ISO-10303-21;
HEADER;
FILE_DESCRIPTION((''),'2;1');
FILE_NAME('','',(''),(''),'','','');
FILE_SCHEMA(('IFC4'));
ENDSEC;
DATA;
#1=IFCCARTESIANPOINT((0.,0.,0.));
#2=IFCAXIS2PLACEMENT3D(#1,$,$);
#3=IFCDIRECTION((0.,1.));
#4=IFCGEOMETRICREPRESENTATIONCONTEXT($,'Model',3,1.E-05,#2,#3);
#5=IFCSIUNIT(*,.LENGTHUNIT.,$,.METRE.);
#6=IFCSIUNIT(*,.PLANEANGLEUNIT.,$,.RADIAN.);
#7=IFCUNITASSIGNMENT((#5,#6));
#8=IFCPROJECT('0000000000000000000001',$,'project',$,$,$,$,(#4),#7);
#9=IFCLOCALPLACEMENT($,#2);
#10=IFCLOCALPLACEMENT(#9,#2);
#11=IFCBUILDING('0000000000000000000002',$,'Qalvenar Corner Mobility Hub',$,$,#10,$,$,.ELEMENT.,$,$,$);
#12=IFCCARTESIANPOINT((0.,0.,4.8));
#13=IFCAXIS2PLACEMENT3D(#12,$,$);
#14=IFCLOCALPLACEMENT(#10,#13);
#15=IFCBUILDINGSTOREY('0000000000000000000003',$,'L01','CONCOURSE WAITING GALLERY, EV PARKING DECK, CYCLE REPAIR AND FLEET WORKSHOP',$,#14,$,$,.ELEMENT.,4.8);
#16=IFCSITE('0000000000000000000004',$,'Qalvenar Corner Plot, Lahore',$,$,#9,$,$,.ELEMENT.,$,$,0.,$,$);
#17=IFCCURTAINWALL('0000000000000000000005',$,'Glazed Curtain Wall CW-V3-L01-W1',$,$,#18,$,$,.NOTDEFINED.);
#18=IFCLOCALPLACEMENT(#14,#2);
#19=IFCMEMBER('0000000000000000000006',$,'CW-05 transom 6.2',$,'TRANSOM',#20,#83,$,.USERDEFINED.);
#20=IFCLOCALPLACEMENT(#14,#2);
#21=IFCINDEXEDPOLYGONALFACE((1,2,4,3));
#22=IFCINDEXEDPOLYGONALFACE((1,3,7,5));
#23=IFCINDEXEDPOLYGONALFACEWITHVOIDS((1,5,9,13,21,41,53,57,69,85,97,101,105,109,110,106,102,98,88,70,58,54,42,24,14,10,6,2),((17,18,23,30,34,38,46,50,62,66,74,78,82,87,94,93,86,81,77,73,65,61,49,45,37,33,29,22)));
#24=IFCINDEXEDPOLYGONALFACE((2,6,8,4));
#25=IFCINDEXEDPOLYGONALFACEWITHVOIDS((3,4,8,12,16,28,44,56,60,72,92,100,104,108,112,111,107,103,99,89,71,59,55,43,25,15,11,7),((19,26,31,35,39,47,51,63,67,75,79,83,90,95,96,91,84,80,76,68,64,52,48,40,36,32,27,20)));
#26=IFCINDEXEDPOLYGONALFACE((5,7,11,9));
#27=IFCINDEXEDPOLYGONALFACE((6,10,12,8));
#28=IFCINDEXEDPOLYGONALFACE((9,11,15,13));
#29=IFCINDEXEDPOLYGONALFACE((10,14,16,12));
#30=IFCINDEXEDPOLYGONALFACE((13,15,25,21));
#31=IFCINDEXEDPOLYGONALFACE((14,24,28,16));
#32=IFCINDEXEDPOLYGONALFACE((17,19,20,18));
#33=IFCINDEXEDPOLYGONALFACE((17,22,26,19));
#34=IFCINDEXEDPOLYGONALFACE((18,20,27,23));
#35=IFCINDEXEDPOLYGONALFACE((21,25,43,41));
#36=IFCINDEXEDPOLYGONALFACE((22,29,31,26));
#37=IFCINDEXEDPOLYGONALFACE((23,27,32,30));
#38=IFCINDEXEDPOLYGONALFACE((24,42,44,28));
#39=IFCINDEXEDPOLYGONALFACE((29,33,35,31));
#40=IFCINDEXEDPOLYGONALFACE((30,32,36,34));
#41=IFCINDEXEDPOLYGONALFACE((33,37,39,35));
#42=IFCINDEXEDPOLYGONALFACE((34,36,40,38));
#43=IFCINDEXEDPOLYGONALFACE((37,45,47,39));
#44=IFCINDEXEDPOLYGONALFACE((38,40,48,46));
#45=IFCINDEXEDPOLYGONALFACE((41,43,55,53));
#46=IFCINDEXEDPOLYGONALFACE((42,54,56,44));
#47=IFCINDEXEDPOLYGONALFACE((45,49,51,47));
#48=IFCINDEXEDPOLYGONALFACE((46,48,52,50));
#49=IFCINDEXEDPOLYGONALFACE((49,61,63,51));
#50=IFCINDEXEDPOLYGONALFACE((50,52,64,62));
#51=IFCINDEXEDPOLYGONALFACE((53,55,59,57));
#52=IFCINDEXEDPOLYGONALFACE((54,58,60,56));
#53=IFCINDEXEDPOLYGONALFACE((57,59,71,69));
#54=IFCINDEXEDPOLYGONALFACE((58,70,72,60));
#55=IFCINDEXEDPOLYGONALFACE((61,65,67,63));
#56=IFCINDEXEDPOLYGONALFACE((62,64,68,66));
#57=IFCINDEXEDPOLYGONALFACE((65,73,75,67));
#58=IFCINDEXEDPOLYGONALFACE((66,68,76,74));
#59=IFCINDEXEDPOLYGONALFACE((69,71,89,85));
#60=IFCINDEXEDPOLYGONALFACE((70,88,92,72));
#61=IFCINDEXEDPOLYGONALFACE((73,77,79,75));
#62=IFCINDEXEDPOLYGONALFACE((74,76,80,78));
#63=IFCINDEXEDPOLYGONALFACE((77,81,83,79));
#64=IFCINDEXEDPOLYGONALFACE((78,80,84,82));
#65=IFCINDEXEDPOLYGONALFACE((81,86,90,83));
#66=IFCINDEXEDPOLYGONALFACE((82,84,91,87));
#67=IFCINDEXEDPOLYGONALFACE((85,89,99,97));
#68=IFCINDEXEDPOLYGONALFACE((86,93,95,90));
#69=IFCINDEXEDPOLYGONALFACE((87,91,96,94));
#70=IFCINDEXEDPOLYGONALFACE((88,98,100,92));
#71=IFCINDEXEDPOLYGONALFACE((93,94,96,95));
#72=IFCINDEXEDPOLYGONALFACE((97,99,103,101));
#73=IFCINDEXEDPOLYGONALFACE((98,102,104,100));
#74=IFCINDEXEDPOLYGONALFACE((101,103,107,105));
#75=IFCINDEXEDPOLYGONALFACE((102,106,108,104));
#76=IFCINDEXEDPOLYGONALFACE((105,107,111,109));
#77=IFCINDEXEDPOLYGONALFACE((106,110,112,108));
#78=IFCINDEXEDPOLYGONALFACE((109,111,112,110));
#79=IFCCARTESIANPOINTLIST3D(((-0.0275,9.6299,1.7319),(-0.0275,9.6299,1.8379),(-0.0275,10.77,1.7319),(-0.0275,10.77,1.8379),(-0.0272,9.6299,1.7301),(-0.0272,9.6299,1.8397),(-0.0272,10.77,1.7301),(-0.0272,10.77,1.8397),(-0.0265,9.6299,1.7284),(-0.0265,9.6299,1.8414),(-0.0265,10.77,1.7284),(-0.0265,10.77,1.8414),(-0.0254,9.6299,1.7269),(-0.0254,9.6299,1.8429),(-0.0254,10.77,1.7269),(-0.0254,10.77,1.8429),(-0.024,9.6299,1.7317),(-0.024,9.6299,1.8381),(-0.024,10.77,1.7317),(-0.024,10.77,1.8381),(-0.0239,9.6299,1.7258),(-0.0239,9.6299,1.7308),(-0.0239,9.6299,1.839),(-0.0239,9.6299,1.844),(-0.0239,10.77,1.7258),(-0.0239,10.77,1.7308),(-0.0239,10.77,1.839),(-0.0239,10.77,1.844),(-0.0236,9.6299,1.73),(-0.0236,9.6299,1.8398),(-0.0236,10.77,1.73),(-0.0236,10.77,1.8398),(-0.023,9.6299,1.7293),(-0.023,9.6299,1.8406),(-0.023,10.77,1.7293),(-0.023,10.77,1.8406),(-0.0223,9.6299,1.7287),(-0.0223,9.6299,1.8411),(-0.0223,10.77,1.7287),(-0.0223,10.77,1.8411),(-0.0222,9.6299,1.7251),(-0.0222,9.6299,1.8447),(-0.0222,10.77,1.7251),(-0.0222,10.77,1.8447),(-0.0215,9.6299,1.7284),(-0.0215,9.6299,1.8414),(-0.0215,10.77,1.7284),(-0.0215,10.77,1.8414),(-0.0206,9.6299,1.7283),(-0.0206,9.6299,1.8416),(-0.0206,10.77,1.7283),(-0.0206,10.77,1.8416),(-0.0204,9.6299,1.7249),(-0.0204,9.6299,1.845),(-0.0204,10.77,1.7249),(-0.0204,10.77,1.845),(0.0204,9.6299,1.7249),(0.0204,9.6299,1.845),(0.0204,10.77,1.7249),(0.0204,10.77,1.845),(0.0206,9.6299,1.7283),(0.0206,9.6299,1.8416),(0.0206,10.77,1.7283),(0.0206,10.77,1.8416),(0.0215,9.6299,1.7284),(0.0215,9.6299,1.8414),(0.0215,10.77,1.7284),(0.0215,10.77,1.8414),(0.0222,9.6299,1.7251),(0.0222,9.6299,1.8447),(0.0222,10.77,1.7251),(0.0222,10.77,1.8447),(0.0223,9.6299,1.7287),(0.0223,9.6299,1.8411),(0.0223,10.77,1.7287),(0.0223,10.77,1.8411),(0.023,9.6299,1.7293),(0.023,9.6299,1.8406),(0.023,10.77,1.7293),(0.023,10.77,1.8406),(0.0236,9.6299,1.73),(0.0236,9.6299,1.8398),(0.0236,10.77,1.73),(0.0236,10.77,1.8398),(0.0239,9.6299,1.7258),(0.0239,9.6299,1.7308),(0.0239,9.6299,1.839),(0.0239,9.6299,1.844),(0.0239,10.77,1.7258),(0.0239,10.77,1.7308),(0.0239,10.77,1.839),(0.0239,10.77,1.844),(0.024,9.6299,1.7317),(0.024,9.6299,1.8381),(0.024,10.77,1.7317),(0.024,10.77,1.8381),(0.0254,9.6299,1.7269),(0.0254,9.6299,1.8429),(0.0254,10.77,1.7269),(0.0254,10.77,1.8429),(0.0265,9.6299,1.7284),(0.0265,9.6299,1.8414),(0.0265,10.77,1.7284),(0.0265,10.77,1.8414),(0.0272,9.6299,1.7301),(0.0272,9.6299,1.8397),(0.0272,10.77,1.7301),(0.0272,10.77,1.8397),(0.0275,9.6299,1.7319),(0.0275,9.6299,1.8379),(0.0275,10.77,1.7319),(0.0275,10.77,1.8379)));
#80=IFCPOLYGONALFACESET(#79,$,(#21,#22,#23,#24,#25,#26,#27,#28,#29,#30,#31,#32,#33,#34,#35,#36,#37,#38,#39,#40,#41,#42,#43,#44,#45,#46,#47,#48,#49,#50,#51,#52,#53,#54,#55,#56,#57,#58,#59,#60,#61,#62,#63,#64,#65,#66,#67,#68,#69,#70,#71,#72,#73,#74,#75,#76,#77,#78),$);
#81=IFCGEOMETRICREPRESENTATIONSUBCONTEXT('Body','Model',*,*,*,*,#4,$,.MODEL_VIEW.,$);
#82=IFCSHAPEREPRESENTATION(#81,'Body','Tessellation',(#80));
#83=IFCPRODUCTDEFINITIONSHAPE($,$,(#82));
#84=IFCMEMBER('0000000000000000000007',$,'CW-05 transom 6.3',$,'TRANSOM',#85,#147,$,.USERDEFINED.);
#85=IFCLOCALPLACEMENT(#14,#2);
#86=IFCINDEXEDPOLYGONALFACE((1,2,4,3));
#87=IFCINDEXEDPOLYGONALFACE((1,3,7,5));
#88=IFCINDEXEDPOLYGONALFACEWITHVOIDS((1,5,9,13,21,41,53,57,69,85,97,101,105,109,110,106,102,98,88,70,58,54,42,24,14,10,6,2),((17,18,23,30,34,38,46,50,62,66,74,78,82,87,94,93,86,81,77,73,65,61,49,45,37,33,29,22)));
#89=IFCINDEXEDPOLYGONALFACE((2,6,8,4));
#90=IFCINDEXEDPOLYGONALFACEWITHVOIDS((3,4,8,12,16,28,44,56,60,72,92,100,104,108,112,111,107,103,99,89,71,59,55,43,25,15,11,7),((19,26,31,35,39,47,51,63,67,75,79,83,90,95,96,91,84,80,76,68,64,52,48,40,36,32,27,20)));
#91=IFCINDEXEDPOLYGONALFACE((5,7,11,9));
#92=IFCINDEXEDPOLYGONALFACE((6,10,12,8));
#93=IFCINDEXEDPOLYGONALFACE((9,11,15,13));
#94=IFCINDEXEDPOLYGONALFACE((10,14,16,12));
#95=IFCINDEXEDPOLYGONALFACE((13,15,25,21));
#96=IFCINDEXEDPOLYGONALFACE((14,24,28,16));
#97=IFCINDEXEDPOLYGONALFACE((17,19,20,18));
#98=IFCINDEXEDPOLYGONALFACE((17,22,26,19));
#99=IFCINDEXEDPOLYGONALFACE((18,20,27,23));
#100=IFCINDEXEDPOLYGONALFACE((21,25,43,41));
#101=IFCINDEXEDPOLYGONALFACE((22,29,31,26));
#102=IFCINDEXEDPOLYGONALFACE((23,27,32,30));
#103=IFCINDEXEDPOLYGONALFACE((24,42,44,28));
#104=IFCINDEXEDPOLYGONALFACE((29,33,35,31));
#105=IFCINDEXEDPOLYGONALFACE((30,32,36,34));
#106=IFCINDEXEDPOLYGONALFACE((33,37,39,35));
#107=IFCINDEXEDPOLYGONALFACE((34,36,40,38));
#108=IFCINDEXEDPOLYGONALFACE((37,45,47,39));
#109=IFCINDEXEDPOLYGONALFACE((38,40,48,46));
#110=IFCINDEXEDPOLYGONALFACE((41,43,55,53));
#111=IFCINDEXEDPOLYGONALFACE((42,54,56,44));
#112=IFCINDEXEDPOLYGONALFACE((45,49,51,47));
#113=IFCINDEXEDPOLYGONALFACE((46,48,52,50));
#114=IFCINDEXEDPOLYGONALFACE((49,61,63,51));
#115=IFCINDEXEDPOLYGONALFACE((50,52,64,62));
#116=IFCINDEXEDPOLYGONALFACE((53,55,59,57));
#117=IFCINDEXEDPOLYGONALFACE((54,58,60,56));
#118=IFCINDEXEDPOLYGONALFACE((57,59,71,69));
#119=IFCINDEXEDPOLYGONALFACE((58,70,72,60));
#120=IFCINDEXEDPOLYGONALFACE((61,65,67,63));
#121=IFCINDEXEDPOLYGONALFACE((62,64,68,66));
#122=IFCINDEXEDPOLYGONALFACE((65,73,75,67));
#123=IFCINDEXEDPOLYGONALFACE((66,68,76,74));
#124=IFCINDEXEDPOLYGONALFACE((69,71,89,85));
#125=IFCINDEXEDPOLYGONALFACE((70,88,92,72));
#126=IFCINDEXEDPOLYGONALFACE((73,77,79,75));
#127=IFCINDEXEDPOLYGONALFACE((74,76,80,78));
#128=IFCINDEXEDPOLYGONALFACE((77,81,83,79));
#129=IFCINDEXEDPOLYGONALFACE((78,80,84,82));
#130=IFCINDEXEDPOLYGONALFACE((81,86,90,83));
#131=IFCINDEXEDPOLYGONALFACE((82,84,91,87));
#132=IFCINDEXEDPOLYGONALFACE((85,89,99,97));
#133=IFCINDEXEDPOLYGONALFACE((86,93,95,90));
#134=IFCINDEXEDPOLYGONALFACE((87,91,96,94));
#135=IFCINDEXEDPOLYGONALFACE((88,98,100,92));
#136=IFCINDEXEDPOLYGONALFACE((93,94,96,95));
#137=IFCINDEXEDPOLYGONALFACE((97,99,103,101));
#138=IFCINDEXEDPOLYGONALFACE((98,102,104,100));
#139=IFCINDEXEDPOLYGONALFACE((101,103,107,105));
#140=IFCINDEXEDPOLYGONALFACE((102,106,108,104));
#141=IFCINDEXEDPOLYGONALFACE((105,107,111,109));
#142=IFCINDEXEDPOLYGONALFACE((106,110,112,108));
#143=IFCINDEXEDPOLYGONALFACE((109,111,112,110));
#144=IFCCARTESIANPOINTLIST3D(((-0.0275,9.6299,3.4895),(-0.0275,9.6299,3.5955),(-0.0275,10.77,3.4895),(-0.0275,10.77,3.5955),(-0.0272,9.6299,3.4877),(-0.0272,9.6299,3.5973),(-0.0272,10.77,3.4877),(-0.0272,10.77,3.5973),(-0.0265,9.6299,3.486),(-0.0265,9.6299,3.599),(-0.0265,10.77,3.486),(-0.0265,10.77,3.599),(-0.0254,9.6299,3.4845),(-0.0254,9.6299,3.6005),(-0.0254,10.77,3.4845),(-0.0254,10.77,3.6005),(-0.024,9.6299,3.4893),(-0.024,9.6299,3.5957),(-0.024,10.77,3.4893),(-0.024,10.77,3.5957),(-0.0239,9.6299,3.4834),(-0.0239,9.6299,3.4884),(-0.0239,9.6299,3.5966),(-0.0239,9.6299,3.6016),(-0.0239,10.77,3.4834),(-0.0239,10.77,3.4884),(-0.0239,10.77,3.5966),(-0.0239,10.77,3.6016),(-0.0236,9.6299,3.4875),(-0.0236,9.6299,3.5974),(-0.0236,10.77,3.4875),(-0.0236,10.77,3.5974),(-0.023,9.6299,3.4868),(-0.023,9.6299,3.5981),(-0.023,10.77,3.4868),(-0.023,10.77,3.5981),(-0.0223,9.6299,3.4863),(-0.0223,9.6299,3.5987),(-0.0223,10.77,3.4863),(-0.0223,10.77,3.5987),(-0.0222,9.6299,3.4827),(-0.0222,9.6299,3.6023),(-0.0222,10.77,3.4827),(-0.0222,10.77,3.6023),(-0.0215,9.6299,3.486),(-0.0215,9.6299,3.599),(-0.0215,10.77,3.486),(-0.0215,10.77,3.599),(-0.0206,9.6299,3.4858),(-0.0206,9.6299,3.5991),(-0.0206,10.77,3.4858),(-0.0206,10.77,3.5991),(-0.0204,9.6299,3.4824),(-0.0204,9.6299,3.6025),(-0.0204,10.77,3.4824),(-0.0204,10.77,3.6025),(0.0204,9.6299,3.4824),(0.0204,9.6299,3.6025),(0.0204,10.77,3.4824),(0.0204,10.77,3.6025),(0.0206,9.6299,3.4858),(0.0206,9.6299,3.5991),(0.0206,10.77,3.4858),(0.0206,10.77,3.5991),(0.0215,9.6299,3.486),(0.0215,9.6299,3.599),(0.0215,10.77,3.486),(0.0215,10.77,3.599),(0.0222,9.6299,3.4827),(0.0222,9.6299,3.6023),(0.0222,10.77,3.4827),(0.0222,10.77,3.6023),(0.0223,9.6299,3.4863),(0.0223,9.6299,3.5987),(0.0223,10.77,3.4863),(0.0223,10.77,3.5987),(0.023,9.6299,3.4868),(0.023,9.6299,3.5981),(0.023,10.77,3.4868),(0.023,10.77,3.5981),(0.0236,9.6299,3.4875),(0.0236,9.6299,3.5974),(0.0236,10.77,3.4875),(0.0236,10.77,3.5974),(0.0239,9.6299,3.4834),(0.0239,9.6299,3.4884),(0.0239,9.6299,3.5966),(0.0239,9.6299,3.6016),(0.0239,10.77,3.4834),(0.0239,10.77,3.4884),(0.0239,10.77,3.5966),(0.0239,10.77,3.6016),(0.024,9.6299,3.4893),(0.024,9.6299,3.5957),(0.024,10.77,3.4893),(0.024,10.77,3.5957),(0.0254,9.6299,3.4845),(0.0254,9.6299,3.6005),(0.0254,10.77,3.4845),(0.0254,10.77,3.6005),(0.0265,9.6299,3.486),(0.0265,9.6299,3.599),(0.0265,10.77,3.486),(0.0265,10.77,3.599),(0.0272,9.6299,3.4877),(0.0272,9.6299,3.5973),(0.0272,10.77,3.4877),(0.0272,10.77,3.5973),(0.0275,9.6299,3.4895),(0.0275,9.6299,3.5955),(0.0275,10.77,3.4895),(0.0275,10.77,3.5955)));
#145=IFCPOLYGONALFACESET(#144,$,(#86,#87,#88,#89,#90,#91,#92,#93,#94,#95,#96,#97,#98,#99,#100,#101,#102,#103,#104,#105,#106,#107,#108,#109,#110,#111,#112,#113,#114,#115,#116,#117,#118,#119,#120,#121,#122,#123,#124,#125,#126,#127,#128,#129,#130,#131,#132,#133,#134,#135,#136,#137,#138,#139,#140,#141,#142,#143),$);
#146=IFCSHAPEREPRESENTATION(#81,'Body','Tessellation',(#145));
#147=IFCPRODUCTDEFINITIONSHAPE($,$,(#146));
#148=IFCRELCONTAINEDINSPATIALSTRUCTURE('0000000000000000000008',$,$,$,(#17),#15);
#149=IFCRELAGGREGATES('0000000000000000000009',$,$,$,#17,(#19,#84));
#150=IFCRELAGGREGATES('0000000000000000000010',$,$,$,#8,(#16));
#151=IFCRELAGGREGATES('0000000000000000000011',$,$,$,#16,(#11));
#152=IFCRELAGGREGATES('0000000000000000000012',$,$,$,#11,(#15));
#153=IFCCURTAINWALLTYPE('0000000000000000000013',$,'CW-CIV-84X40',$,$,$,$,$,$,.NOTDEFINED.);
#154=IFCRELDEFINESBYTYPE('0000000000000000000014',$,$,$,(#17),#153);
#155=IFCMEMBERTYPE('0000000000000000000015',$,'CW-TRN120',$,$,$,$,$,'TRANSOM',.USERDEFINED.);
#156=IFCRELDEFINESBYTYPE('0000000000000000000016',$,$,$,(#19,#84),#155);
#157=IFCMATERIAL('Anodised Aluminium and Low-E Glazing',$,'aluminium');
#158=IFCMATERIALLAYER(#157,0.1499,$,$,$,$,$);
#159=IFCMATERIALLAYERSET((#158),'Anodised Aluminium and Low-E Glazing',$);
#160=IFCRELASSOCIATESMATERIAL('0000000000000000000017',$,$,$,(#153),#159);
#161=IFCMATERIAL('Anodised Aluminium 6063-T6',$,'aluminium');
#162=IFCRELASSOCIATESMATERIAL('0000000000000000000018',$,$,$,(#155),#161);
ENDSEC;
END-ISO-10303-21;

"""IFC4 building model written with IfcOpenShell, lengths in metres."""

from ifc_helpers import new_model, si_unit, direction, frame, origin, origin_2d, place, context, subcontext, project, spatial, hollow_rectangle, extrude, material, layer, layer_set, material_profile, profile_set, type_object, element, aggregate, save


model = new_model("IFC4")

# Units and contexts
model_context = context("Model", 3, precision=1e-05, world=origin(), true_north=direction((0.0, 1.0)))
body_context = subcontext(model_context, "Body", "Model", "MODEL_VIEW")
ifc_project = project(units=[si_unit("LENGTHUNIT", "METRE"), si_unit("PLANEANGLEUNIT", "RADIAN")], contexts=[model_context])

# Site, building, storey
site_placement = place(None, origin())
site = spatial("IfcSite", under=ifc_project, at=site_placement, Name="Qalvenar Corner Plot, Lahore", CompositionType="ELEMENT", RefElevation=0.0)
building_placement = place(site_placement, origin())
building = spatial("IfcBuilding", under=site, at=building_placement, Name="Qalvenar Corner Mobility Hub", CompositionType="ELEMENT")
storey_placement = place(building_placement, frame((0.0, 0.0, 4.8)))
storey = spatial("IfcBuildingStorey", under=building, at=storey_placement, Name="L01", Description="CONCOURSE WAITING GALLERY, EV PARKING DECK, CYCLE REPAIR AND FLEET WORKSHOP", CompositionType="ELEMENT", Elevation=4.8)

# Curtain wall, members
ifc_material_1 = material(Name="Anodised Aluminium and Low-E Glazing", Category="aluminium")
ifc_layer_1 = layer(ifc_material_1, 0.1499)
ifc_layer_set_1 = layer_set([ifc_layer_1], Name="Anodised Aluminium and Low-E Glazing")
curtain_wall_type = type_object("IfcCurtainWallType", Name="CW-CIV-84X40", PredefinedType="NOTDEFINED", material=ifc_layer_set_1)
curtain_wall_placement = place(storey_placement, origin())
curtain_wall = element("IfcCurtainWall", 1, at=curtain_wall_placement, inside=storey, type_object=curtain_wall_type, Name="Glazed Curtain Wall CW-V3-L01-W1", PredefinedType="NOTDEFINED")
ifc_material_2 = material(Name="Anodised Aluminium 6063-T6", Category="aluminium")
ifc_material_profile_1 = material_profile(ifc_material_2, hollow_rectangle(XDim=0.0549, YDim=0.1201, WallThickness=0.0034, InnerFilletRadius=0.0034, OuterFilletRadius=0.0071, at=origin_2d()), Name="RHS120x55x3.5")
ifc_profile_set_1 = profile_set([ifc_material_profile_1], Name="Anodised Aluminium 6063-T6")
member_type_1 = type_object("IfcMemberType", Name="CW-TRN120", ElementType="TRANSOM", PredefinedType="USERDEFINED", material=ifc_profile_set_1)
member_1_placement = place(storey_placement, frame((0.0, 10.77, 1.7849), z_axis=(0.0, -1.0, 0.0), x_axis=(1.0, 0.0, 0.0)))
member_1 = element("IfcMember", 2, at=member_1_placement, type_object=member_type_1, Name="CW-05 transom 6.2", ObjectType="TRANSOM", PredefinedType="USERDEFINED", context=body_context, shape_type="SweptSolid", body=[
    extrude(hollow_rectangle(XDim=0.0549, YDim=0.1201, WallThickness=0.0034, InnerFilletRadius=0.0034, OuterFilletRadius=0.0071, at=origin_2d()), origin(), (0.0, 0.0, 1.0), 1.1401),
])
member_2_placement = place(storey_placement, frame((0.0, 10.77, 3.5425), z_axis=(0.0, -1.0, 0.0), x_axis=(1.0, 0.0, 0.0)))
member_2 = element("IfcMember", 3, at=member_2_placement, type_object=member_type_1, Name="CW-05 transom 6.3", ObjectType="TRANSOM", PredefinedType="USERDEFINED", context=body_context, shape_type="SweptSolid", body=[
    extrude(hollow_rectangle(XDim=0.0549, YDim=0.1201, WallThickness=0.0034, InnerFilletRadius=0.0034, OuterFilletRadius=0.0071, at=origin_2d()), origin(), (0.0, 0.0, 1.0), 1.1401),
])
aggregate(curtain_wall, [member_1, member_2])

save(model, "model.ifc")
